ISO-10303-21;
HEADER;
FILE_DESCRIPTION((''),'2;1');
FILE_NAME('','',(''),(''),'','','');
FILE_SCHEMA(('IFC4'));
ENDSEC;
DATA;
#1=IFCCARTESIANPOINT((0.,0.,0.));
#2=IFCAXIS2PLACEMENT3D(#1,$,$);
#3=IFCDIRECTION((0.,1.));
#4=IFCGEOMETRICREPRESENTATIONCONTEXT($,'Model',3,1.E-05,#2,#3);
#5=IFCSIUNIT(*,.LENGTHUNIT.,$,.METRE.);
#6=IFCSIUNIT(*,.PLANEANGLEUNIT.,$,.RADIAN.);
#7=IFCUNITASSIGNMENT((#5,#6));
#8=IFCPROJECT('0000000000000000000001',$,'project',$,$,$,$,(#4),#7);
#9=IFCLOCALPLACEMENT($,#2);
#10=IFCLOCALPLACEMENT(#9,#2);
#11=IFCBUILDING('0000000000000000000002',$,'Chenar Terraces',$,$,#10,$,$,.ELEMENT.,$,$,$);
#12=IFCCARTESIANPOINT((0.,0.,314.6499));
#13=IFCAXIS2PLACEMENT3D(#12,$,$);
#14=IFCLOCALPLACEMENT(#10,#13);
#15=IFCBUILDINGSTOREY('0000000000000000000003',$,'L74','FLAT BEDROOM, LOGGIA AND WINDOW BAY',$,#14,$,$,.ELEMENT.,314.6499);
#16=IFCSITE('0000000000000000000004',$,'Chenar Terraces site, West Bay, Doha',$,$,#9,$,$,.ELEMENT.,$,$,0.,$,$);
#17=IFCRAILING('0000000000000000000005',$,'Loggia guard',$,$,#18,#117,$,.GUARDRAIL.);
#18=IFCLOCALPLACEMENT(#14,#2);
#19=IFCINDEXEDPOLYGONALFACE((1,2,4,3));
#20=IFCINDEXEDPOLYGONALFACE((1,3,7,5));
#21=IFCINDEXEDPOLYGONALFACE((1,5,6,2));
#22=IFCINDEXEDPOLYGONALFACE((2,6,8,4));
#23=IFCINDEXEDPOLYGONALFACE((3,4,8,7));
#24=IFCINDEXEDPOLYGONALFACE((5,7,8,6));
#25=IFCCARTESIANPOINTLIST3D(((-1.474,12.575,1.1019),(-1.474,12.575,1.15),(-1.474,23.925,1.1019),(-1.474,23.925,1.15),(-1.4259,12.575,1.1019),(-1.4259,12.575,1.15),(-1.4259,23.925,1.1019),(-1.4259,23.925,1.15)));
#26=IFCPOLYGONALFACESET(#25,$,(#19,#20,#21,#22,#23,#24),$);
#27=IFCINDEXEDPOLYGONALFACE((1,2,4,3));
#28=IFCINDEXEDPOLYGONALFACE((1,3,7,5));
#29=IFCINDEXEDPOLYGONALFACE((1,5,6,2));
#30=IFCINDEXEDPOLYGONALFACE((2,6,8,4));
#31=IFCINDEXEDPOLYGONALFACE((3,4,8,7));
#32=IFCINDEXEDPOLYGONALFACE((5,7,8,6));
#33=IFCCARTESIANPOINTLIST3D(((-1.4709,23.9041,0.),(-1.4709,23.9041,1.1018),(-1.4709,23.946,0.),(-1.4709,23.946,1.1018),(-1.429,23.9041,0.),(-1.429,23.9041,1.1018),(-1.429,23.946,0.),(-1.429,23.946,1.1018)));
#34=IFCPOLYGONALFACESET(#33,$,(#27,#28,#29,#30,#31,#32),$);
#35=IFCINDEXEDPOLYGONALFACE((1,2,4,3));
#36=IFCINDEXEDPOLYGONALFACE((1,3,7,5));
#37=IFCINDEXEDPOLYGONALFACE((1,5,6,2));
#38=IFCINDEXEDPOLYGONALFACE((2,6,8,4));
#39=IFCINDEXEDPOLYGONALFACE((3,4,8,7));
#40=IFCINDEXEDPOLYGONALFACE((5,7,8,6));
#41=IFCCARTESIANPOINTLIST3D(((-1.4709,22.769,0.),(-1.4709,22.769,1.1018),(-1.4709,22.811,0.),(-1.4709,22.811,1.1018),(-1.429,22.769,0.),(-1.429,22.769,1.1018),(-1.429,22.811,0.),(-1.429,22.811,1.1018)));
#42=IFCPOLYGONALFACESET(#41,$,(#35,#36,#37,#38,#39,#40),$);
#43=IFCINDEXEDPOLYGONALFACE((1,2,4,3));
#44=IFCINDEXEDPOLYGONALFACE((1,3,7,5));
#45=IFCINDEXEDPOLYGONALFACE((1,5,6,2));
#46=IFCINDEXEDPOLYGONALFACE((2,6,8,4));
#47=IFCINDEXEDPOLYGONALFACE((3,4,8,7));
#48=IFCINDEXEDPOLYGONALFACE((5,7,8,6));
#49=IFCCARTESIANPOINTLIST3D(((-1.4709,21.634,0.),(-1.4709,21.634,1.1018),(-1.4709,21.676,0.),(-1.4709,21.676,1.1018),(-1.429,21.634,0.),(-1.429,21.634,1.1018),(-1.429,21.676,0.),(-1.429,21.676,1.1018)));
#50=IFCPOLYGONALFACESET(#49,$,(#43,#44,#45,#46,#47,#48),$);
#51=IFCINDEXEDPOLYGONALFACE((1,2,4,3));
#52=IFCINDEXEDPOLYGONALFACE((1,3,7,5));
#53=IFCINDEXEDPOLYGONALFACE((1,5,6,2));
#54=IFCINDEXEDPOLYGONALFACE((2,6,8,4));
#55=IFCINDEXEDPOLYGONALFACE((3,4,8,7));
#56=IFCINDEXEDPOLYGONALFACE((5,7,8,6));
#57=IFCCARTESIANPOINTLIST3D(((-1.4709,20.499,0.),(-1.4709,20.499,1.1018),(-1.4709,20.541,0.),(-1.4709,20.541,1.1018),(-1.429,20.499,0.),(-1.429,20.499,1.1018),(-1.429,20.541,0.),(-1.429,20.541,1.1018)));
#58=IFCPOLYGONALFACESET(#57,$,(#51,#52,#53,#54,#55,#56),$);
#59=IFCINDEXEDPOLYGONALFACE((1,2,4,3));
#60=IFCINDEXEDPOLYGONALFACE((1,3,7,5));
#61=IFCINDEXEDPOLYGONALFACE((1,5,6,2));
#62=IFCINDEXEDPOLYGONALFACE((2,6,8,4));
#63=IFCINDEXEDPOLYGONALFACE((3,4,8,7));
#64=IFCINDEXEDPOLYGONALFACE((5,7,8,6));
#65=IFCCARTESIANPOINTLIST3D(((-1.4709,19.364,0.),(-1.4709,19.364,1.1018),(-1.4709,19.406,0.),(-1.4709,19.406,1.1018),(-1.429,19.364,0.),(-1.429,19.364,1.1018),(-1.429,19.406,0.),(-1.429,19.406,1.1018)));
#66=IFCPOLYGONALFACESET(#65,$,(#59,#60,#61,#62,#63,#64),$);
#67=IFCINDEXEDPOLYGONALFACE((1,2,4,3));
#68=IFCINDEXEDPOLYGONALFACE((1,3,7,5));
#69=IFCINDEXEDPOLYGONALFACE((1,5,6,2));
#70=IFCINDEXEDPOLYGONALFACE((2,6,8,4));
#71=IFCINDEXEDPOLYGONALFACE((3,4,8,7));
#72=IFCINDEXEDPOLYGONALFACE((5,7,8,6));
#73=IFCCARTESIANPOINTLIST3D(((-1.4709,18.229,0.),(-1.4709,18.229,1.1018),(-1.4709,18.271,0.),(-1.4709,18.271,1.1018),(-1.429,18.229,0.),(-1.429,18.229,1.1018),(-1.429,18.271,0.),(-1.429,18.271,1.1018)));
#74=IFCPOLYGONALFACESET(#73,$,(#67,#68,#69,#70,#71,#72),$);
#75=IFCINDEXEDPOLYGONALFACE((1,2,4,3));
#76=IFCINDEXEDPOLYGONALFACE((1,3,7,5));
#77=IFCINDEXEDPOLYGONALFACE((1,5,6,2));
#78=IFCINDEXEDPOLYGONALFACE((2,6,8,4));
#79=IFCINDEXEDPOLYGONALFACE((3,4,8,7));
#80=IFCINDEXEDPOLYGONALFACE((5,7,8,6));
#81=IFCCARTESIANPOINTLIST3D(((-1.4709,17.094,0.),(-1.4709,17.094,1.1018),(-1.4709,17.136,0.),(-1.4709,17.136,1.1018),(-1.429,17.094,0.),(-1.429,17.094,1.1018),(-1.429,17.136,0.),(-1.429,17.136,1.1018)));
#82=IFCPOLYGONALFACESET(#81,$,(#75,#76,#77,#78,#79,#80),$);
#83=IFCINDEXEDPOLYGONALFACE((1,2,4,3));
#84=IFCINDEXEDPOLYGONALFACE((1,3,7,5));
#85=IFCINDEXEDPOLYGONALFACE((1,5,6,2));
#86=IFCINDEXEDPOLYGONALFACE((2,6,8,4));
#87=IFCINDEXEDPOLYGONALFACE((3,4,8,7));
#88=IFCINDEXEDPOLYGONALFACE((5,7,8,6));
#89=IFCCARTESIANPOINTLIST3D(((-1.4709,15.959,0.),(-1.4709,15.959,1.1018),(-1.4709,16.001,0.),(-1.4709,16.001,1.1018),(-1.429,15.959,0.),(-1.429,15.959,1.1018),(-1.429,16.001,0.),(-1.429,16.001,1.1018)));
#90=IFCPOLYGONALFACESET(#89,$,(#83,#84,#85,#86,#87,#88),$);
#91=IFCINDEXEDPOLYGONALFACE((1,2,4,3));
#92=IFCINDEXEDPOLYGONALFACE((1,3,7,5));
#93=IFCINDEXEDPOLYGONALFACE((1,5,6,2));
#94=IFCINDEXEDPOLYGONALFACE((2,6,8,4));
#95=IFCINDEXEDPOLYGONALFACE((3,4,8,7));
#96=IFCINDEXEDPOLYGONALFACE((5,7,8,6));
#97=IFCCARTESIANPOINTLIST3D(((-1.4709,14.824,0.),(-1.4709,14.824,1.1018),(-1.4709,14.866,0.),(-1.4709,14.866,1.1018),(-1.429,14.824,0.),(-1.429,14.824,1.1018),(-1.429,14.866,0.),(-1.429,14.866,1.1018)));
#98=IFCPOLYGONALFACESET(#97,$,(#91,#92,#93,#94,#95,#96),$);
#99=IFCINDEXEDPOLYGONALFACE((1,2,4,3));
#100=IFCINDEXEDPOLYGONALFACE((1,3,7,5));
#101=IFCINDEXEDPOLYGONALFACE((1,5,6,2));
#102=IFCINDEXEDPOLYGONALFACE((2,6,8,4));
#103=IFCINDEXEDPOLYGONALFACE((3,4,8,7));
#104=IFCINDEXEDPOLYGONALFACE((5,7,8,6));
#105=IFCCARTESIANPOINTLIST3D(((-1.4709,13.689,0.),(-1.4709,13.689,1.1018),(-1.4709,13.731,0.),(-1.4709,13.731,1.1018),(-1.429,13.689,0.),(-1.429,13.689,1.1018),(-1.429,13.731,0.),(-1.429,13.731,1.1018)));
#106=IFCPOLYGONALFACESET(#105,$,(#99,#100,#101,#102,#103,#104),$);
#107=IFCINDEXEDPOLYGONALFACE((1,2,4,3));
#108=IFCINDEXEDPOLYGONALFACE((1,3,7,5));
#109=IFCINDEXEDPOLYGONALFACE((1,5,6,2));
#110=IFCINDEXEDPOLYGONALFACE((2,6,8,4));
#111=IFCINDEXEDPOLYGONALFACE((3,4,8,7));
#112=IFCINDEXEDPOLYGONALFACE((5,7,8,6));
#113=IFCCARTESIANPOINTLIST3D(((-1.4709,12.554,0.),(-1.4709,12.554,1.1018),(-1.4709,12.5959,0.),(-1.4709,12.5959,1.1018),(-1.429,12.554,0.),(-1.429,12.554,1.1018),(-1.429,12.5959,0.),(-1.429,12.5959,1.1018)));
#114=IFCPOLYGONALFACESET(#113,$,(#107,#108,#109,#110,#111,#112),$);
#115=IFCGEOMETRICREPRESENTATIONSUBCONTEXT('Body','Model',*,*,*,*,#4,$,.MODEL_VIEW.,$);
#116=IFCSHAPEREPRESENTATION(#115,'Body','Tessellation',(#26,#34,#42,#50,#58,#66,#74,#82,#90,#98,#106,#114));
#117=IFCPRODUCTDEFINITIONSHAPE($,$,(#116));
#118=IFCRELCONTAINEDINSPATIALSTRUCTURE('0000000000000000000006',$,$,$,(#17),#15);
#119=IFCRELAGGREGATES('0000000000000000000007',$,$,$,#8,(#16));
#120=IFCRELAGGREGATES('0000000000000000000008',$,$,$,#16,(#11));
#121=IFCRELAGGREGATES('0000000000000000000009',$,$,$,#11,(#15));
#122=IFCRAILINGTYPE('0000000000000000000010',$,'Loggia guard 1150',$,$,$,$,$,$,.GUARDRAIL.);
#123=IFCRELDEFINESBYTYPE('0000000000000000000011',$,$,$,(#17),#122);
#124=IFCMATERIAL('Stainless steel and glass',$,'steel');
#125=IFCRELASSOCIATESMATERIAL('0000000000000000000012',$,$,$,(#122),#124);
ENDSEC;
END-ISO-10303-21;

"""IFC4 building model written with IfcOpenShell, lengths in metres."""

from ifc_helpers import new_model, si_unit, direction, frame, origin, origin_2d, place, context, subcontext, project, spatial, rectangle, extrude, material, type_object, element, save


model = new_model("IFC4")

# Units and contexts
model_context = context("Model", 3, precision=1e-05, world=origin(), true_north=direction((0.0, 1.0)))
body_context = subcontext(model_context, "Body", "Model", "MODEL_VIEW")
ifc_project = project(units=[si_unit("LENGTHUNIT", "METRE"), si_unit("PLANEANGLEUNIT", "RADIAN")], contexts=[model_context])

# Site, building, storey
site_placement = place(None, origin())
site = spatial("IfcSite", under=ifc_project, at=site_placement, Name="Chenar Terraces site, West Bay, Doha", CompositionType="ELEMENT", RefElevation=0.0)
building_placement = place(site_placement, origin())
building = spatial("IfcBuilding", under=site, at=building_placement, Name="Chenar Terraces", CompositionType="ELEMENT")
storey_placement = place(building_placement, frame((0.0, 0.0, 314.6499)))
storey = spatial("IfcBuildingStorey", under=building, at=storey_placement, Name="L74", Description="FLAT BEDROOM, LOGGIA AND WINDOW BAY", CompositionType="ELEMENT", Elevation=314.6499)

# Railing
ifc_material_1 = material(Name="Stainless steel and glass", Category="steel")
railing_type_1 = type_object("IfcRailingType", Name="Loggia guard 1150", PredefinedType="GUARDRAIL", material=ifc_material_1)
railing_1_placement = place(storey_placement, frame((-1.45, 23.925, 0.0)))
element("IfcRailing", 1, at=railing_1_placement, inside=storey, type_object=railing_type_1, Name="Loggia guard", PredefinedType="GUARDRAIL", context=body_context, shape_type="SweptSolid", body=[
    extrude(rectangle(XDim=0.0481, YDim=0.0481, at=origin_2d()), frame((0.0, 0.0, 1.126), z_axis=(0.0, -1.0, 0.0), x_axis=(1.0, 0.0, 0.0)), (0.0, 0.0, 1.0), 11.3501),
    extrude(rectangle(XDim=0.042, YDim=0.042, at=origin_2d()), origin(), (0.0, 0.0, 1.0), 1.1018),
    extrude(rectangle(XDim=0.042, YDim=0.042, at=origin_2d()), frame((0.0, -1.135, 0.0)), (0.0, 0.0, 1.0), 1.1018),
    extrude(rectangle(XDim=0.042, YDim=0.042, at=origin_2d()), frame((0.0, -2.27, 0.0)), (0.0, 0.0, 1.0), 1.1018),
    extrude(rectangle(XDim=0.042, YDim=0.042, at=origin_2d()), frame((0.0, -3.405, 0.0)), (0.0, 0.0, 1.0), 1.1018),
    extrude(rectangle(XDim=0.042, YDim=0.042, at=origin_2d()), frame((0.0, -4.54, 0.0)), (0.0, 0.0, 1.0), 1.1018),
    extrude(rectangle(XDim=0.042, YDim=0.042, at=origin_2d()), frame((0.0, -5.675, 0.0)), (0.0, 0.0, 1.0), 1.1018),
    extrude(rectangle(XDim=0.042, YDim=0.042, at=origin_2d()), frame((0.0, -6.8101, 0.0)), (0.0, 0.0, 1.0), 1.1018),
    extrude(rectangle(XDim=0.042, YDim=0.042, at=origin_2d()), frame((0.0, -7.9451, 0.0)), (0.0, 0.0, 1.0), 1.1018),
    extrude(rectangle(XDim=0.042, YDim=0.042, at=origin_2d()), frame((0.0, -9.0801, 0.0)), (0.0, 0.0, 1.0), 1.1018),
    extrude(rectangle(XDim=0.042, YDim=0.042, at=origin_2d()), frame((0.0, -10.2151, 0.0)), (0.0, 0.0, 1.0), 1.1018),
    extrude(rectangle(XDim=0.042, YDim=0.042, at=origin_2d()), frame((0.0, -11.3501, 0.0)), (0.0, 0.0, 1.0), 1.1018),
])

save(model, "model.ifc")
